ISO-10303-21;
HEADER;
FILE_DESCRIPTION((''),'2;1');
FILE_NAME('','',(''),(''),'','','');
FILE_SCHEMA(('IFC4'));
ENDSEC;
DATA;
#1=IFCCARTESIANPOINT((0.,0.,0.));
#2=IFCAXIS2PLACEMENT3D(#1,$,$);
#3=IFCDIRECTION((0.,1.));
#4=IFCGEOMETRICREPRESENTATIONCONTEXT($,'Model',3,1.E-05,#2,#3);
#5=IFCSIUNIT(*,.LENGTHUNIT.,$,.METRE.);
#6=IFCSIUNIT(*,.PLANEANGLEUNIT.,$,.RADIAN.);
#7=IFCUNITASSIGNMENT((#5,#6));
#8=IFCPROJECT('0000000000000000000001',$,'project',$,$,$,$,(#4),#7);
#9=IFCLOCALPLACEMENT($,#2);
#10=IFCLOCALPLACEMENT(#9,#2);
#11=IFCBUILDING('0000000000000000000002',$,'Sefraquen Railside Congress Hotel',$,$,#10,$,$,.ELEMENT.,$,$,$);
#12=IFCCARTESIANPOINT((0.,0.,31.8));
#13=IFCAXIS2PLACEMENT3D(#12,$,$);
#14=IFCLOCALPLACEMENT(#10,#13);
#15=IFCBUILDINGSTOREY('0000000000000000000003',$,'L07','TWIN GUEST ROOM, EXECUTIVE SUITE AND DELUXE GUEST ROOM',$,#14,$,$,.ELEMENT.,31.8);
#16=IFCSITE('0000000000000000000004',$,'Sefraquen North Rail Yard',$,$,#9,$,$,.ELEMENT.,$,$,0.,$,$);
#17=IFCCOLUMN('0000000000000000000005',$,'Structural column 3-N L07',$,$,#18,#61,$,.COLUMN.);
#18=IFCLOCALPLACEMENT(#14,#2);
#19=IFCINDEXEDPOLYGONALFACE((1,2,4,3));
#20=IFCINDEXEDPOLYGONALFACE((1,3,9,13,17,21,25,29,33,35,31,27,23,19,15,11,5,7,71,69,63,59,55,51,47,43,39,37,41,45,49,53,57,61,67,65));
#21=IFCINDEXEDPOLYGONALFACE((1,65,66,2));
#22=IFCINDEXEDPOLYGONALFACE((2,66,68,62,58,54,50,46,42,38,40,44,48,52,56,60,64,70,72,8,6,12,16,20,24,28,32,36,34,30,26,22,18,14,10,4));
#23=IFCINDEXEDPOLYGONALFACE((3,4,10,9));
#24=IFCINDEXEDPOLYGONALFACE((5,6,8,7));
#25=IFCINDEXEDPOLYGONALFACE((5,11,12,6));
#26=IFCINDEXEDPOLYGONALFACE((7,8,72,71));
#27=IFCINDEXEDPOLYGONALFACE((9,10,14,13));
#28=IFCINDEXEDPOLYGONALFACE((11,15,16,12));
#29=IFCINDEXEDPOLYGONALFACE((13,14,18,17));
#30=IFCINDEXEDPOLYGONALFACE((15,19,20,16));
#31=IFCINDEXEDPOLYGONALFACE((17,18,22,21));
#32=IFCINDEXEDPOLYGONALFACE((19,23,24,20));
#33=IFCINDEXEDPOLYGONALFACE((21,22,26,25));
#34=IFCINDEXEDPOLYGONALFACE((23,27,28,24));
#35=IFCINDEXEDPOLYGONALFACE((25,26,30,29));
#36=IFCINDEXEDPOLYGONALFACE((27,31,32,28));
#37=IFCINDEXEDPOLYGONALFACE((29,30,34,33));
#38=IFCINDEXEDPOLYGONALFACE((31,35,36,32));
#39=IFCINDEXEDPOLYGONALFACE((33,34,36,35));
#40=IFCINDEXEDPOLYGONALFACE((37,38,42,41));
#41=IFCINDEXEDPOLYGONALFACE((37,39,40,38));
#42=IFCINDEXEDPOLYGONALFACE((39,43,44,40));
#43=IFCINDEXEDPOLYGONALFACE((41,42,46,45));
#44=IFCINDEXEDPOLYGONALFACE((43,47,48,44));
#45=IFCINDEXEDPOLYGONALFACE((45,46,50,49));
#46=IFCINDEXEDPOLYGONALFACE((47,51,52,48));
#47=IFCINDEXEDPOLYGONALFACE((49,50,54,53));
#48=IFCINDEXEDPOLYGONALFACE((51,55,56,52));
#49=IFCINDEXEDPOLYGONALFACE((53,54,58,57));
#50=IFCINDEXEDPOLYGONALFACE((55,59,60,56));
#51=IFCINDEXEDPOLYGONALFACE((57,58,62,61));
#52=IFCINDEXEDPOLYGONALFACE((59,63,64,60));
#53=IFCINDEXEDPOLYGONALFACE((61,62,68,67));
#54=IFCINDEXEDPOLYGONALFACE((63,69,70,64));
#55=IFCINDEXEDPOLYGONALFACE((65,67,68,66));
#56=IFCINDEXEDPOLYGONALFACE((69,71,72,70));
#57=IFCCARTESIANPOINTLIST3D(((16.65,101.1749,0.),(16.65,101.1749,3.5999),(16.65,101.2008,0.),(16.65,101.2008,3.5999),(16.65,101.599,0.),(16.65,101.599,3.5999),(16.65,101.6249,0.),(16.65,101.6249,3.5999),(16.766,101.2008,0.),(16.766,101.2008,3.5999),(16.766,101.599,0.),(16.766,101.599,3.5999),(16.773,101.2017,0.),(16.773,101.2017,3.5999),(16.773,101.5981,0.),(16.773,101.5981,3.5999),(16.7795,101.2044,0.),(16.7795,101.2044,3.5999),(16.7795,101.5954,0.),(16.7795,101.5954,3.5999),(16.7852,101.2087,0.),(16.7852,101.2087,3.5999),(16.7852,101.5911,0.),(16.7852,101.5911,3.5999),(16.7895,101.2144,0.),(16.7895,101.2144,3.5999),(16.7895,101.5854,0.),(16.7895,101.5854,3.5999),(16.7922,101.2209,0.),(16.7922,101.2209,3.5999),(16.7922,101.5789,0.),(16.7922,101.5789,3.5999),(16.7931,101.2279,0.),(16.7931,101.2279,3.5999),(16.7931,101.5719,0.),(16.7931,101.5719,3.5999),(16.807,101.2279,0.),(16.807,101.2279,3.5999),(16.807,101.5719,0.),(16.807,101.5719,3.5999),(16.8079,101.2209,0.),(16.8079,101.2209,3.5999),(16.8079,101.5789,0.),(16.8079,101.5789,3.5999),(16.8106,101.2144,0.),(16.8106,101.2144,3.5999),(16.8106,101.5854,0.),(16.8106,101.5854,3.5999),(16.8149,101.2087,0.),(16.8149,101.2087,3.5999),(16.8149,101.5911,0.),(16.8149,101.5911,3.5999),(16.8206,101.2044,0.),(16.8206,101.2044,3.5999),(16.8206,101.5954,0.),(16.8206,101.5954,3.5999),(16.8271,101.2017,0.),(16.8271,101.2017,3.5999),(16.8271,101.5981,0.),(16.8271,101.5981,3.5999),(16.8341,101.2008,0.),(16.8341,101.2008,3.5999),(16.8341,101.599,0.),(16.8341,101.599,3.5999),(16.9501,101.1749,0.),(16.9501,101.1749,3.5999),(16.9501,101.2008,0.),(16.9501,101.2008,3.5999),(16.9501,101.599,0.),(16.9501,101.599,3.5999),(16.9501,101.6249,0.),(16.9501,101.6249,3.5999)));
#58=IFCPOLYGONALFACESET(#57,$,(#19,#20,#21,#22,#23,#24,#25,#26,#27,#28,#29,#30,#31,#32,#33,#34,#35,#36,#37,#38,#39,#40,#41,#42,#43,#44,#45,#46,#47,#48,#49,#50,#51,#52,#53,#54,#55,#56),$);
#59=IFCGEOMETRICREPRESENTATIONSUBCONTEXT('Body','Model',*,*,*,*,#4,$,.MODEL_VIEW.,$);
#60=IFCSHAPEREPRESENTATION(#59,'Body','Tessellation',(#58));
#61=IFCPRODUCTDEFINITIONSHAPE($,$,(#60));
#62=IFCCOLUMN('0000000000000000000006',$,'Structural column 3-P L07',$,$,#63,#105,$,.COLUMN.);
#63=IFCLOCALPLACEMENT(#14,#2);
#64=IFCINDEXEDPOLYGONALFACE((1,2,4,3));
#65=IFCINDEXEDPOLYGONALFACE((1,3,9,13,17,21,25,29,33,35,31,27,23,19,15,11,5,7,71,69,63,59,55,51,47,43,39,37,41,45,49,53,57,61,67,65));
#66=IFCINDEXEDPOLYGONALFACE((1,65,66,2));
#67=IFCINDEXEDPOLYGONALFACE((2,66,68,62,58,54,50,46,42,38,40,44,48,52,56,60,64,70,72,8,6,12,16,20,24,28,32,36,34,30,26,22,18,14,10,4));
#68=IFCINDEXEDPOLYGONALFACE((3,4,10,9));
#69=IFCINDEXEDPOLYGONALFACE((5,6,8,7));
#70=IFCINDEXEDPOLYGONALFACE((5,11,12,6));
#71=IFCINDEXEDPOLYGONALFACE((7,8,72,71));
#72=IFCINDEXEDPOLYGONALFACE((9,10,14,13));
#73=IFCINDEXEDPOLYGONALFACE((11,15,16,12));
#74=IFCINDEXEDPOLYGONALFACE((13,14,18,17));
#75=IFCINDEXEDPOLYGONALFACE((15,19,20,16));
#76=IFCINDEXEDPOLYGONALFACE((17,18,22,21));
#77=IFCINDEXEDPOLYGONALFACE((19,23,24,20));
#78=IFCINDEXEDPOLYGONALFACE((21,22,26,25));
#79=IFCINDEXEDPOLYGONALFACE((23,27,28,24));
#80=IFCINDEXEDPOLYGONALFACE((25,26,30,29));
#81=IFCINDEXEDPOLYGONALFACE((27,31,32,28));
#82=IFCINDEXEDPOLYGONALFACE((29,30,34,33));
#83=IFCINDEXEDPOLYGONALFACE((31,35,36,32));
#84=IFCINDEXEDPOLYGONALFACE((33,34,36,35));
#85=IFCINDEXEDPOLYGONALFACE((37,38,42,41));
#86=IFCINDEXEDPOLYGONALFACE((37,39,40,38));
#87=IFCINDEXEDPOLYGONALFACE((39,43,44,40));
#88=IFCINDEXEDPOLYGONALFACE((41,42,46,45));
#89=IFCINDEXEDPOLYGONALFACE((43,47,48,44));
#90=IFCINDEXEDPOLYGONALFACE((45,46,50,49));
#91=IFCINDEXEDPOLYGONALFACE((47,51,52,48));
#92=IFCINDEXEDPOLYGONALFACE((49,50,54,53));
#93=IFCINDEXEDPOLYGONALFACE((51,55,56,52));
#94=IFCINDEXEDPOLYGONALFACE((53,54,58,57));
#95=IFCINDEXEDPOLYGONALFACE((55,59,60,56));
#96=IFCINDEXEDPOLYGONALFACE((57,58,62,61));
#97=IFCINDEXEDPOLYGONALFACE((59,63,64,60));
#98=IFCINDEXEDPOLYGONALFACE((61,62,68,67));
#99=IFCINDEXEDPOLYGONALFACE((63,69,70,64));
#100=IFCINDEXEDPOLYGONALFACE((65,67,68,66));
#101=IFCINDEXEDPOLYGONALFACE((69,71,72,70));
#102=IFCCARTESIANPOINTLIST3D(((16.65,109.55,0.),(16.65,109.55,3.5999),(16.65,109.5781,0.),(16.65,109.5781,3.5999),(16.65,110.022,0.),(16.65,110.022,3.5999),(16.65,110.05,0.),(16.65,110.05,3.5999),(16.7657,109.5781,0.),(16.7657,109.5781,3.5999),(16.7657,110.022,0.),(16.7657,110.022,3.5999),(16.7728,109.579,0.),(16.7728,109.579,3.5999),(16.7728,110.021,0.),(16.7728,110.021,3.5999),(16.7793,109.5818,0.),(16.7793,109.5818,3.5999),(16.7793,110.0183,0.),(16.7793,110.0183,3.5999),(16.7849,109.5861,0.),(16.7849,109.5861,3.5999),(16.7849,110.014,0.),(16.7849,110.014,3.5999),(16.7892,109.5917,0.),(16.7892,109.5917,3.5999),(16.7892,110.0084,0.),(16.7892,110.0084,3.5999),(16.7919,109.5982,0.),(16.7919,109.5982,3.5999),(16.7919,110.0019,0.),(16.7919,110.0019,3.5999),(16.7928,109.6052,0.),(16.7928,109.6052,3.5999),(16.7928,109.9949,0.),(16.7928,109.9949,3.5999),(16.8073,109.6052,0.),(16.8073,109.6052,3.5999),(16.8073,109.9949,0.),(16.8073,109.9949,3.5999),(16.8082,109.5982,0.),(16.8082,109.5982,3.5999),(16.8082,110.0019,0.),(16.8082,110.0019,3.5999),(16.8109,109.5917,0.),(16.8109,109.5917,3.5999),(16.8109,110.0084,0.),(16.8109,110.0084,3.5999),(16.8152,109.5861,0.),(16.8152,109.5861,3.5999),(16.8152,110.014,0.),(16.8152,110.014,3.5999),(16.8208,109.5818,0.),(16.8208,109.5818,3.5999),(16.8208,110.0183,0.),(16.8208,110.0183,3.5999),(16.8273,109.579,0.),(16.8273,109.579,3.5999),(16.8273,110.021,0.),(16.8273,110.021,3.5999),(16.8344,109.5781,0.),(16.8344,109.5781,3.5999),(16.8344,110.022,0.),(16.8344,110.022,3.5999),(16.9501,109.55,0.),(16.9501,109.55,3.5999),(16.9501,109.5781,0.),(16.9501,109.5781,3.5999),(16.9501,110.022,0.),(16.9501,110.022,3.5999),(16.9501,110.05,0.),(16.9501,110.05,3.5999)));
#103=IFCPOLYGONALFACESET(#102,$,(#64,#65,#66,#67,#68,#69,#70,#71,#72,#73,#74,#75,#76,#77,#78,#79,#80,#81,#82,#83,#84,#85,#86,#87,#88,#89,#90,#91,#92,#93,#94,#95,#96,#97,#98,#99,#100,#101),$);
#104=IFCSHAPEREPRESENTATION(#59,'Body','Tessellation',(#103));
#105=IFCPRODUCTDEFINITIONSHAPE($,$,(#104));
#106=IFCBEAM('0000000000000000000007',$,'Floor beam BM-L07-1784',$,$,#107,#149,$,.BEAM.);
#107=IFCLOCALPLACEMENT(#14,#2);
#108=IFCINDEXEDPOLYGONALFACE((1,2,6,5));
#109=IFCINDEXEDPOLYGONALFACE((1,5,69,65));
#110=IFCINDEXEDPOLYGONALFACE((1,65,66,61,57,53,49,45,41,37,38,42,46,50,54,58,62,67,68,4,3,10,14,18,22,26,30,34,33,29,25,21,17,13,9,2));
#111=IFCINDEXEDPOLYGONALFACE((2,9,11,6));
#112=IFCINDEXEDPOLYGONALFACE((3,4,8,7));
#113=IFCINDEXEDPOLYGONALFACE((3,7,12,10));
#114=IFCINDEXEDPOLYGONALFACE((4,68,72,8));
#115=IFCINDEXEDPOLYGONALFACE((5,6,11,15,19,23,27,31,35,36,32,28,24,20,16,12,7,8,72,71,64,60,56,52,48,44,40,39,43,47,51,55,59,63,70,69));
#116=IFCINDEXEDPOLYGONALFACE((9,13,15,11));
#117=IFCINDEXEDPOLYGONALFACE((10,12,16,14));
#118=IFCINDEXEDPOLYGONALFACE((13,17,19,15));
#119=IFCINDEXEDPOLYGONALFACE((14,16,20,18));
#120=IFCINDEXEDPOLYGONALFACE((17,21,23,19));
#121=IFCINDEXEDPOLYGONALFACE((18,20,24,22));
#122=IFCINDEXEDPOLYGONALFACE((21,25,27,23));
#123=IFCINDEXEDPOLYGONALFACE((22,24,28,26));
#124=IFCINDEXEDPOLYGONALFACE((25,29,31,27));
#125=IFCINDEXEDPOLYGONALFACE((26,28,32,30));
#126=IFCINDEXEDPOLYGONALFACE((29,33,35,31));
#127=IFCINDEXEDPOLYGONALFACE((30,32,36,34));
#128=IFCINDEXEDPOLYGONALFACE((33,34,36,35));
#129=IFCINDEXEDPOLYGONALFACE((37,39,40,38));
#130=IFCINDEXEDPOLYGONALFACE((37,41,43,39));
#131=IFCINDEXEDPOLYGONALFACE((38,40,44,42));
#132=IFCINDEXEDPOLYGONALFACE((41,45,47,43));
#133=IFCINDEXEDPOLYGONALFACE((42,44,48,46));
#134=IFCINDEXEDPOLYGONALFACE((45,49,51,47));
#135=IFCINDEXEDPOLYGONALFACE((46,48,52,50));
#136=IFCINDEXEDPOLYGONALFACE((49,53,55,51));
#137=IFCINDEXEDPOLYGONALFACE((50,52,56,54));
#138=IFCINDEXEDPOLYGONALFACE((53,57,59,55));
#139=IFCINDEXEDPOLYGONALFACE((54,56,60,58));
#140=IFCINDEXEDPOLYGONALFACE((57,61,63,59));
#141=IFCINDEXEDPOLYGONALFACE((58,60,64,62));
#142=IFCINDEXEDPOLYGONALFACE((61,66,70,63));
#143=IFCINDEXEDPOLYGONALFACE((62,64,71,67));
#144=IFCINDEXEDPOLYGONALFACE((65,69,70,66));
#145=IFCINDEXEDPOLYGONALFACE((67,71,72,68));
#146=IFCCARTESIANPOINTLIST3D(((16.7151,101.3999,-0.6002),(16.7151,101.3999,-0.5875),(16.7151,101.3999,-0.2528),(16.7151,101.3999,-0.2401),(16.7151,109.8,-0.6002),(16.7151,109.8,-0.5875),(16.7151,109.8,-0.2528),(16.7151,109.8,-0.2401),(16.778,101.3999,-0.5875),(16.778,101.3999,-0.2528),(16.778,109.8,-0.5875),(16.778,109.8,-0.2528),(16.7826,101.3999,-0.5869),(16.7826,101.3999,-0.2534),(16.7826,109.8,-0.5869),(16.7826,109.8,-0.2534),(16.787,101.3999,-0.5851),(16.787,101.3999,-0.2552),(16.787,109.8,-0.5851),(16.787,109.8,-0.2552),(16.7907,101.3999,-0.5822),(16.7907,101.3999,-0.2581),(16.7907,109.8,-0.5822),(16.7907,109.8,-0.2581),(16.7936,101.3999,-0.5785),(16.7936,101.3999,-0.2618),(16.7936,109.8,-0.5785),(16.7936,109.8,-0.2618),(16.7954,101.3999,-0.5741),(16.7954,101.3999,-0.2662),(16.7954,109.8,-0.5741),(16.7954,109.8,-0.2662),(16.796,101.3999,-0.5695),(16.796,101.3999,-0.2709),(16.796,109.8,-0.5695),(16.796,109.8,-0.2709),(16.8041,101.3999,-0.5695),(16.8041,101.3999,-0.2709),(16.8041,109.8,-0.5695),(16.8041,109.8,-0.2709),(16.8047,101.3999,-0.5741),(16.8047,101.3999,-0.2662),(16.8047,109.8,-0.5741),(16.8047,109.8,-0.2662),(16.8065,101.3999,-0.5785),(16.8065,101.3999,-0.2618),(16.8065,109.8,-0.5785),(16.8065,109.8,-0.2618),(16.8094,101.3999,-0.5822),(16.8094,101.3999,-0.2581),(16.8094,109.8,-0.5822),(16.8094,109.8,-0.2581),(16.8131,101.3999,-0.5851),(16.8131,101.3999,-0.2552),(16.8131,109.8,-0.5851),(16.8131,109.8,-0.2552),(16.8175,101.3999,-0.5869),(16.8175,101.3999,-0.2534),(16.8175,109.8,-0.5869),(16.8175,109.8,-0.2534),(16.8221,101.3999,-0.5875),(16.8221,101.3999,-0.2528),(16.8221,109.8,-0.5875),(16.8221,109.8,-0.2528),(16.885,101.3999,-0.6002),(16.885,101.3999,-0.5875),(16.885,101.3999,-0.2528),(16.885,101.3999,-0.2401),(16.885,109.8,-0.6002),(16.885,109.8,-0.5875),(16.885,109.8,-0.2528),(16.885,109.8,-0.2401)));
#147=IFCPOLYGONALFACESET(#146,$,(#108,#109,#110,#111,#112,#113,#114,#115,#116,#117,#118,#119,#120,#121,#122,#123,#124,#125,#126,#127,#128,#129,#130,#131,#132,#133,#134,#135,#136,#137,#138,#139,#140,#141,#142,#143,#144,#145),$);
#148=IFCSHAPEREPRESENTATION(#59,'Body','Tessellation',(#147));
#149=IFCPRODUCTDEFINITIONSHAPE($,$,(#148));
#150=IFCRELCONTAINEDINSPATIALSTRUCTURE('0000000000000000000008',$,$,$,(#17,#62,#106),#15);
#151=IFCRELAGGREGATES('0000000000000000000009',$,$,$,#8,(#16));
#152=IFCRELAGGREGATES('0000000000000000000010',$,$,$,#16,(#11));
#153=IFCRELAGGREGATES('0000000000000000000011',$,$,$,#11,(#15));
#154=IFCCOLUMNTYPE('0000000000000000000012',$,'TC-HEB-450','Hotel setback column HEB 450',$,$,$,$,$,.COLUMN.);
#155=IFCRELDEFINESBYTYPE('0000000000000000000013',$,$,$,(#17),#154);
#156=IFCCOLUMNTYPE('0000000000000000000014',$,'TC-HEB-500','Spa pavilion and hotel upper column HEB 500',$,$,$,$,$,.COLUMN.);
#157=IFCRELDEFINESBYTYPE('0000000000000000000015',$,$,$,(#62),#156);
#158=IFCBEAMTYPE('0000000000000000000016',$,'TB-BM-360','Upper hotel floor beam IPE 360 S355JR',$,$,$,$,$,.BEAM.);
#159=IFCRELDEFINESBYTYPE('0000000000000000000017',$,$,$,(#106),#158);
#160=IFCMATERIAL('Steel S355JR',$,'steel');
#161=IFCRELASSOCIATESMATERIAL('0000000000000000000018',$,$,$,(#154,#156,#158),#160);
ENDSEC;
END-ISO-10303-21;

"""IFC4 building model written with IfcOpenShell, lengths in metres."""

from ifc_helpers import new_model, si_unit, direction, frame, origin, origin_2d, place, context, subcontext, project, spatial, i_section, extrude, material, material_profile, profile_set, type_object, element, save


model = new_model("IFC4")

# Units and contexts
model_context = context("Model", 3, precision=1e-05, world=origin(), true_north=direction((0.0, 1.0)))
body_context = subcontext(model_context, "Body", "Model", "MODEL_VIEW")
ifc_project = project(units=[si_unit("LENGTHUNIT", "METRE"), si_unit("PLANEANGLEUNIT", "RADIAN")], contexts=[model_context])

# Site, building, storey
site_placement = place(None, origin())
site = spatial("IfcSite", under=ifc_project, at=site_placement, Name="Sefraquen North Rail Yard", CompositionType="ELEMENT", RefElevation=0.0)
building_placement = place(site_placement, origin())
building = spatial("IfcBuilding", under=site, at=building_placement, Name="Sefraquen Railside Congress Hotel", CompositionType="ELEMENT")
storey_placement = place(building_placement, frame((0.0, 0.0, 31.8)))
storey = spatial("IfcBuildingStorey", under=building, at=storey_placement, Name="L07", Description="TWIN GUEST ROOM, EXECUTIVE SUITE AND DELUXE GUEST ROOM", CompositionType="ELEMENT", Elevation=31.8)

# Columns
ifc_material_1 = material(Name="Steel S355JR", Category="steel")
ifc_material_profile_1 = material_profile(ifc_material_1, i_section(OverallWidth=0.3, OverallDepth=0.45, WebThickness=0.0139, FlangeThickness=0.0259, FilletRadius=0.0271, at=origin_2d()), Name="HEB 450")
ifc_profile_set_1 = profile_set([ifc_material_profile_1], Name="Steel S355JR")
column_type_1 = type_object("IfcColumnType", Name="TC-HEB-450", Description="Hotel setback column HEB 450", PredefinedType="COLUMN", material=ifc_profile_set_1)
column_1_placement = place(storey_placement, frame((16.8, 101.3999, 0.0), z_axis=(0.0, 0.0, 1.0), x_axis=(1.0, 0.0, 0.0)))
element("IfcColumn", 1, at=column_1_placement, inside=storey, type_object=column_type_1, Name="Structural column 3-N L07", PredefinedType="COLUMN", context=body_context, shape_type="SweptSolid", body=[
    extrude(i_section(OverallWidth=0.3, OverallDepth=0.45, WebThickness=0.0139, FlangeThickness=0.0259, FilletRadius=0.0271, at=origin_2d()), origin(), (0.0, 0.0, 1.0), 3.5999),
])
ifc_material_profile_2 = material_profile(ifc_material_1, i_section(OverallWidth=0.3, OverallDepth=0.5, WebThickness=0.0144, FlangeThickness=0.0281, FilletRadius=0.0271, at=origin_2d()), Name="HEB 500")
ifc_profile_set_2 = profile_set([ifc_material_profile_2], Name="Steel S355JR")
column_type_2 = type_object("IfcColumnType", Name="TC-HEB-500", Description="Spa pavilion and hotel upper column HEB 500", PredefinedType="COLUMN", material=ifc_profile_set_2)
column_2_placement = place(storey_placement, frame((16.8, 109.8, 0.0), z_axis=(0.0, 0.0, 1.0), x_axis=(1.0, 0.0, 0.0)))
element("IfcColumn", 2, at=column_2_placement, inside=storey, type_object=column_type_2, Name="Structural column 3-P L07", PredefinedType="COLUMN", context=body_context, shape_type="SweptSolid", body=[
    extrude(i_section(OverallWidth=0.3, OverallDepth=0.5, WebThickness=0.0144, FlangeThickness=0.0281, FilletRadius=0.0271, at=origin_2d()), origin(), (0.0, 0.0, 1.0), 3.5999),
])

# Beam
ifc_material_profile_3 = material_profile(ifc_material_1, i_section(OverallWidth=0.1699, OverallDepth=0.3601, WebThickness=0.0081, FlangeThickness=0.0127, FilletRadius=0.0181, at=origin_2d()), Name="IPE 360")
ifc_profile_set_3 = profile_set([ifc_material_profile_3], Name="Steel S355JR")
beam_type_1 = type_object("IfcBeamType", Name="TB-BM-360", Description="Upper hotel floor beam IPE 360 S355JR", PredefinedType="BEAM", material=ifc_profile_set_3)
beam_placement = place(storey_placement, frame((16.8, 101.3999, -0.4202), z_axis=(0.0, 1.0, 0.0), x_axis=(-1.0, 0.0, 0.0)))
element("IfcBeam", 3, at=beam_placement, inside=storey, type_object=beam_type_1, Name="Floor beam BM-L07-1784", PredefinedType="BEAM", context=body_context, shape_type="SweptSolid", body=[
    extrude(i_section(OverallWidth=0.1699, OverallDepth=0.3601, WebThickness=0.0081, FlangeThickness=0.0127, FilletRadius=0.0181, at=origin_2d()), origin(), (0.0, 0.0, 1.0), 8.4001),
])

save(model, "model.ifc")
